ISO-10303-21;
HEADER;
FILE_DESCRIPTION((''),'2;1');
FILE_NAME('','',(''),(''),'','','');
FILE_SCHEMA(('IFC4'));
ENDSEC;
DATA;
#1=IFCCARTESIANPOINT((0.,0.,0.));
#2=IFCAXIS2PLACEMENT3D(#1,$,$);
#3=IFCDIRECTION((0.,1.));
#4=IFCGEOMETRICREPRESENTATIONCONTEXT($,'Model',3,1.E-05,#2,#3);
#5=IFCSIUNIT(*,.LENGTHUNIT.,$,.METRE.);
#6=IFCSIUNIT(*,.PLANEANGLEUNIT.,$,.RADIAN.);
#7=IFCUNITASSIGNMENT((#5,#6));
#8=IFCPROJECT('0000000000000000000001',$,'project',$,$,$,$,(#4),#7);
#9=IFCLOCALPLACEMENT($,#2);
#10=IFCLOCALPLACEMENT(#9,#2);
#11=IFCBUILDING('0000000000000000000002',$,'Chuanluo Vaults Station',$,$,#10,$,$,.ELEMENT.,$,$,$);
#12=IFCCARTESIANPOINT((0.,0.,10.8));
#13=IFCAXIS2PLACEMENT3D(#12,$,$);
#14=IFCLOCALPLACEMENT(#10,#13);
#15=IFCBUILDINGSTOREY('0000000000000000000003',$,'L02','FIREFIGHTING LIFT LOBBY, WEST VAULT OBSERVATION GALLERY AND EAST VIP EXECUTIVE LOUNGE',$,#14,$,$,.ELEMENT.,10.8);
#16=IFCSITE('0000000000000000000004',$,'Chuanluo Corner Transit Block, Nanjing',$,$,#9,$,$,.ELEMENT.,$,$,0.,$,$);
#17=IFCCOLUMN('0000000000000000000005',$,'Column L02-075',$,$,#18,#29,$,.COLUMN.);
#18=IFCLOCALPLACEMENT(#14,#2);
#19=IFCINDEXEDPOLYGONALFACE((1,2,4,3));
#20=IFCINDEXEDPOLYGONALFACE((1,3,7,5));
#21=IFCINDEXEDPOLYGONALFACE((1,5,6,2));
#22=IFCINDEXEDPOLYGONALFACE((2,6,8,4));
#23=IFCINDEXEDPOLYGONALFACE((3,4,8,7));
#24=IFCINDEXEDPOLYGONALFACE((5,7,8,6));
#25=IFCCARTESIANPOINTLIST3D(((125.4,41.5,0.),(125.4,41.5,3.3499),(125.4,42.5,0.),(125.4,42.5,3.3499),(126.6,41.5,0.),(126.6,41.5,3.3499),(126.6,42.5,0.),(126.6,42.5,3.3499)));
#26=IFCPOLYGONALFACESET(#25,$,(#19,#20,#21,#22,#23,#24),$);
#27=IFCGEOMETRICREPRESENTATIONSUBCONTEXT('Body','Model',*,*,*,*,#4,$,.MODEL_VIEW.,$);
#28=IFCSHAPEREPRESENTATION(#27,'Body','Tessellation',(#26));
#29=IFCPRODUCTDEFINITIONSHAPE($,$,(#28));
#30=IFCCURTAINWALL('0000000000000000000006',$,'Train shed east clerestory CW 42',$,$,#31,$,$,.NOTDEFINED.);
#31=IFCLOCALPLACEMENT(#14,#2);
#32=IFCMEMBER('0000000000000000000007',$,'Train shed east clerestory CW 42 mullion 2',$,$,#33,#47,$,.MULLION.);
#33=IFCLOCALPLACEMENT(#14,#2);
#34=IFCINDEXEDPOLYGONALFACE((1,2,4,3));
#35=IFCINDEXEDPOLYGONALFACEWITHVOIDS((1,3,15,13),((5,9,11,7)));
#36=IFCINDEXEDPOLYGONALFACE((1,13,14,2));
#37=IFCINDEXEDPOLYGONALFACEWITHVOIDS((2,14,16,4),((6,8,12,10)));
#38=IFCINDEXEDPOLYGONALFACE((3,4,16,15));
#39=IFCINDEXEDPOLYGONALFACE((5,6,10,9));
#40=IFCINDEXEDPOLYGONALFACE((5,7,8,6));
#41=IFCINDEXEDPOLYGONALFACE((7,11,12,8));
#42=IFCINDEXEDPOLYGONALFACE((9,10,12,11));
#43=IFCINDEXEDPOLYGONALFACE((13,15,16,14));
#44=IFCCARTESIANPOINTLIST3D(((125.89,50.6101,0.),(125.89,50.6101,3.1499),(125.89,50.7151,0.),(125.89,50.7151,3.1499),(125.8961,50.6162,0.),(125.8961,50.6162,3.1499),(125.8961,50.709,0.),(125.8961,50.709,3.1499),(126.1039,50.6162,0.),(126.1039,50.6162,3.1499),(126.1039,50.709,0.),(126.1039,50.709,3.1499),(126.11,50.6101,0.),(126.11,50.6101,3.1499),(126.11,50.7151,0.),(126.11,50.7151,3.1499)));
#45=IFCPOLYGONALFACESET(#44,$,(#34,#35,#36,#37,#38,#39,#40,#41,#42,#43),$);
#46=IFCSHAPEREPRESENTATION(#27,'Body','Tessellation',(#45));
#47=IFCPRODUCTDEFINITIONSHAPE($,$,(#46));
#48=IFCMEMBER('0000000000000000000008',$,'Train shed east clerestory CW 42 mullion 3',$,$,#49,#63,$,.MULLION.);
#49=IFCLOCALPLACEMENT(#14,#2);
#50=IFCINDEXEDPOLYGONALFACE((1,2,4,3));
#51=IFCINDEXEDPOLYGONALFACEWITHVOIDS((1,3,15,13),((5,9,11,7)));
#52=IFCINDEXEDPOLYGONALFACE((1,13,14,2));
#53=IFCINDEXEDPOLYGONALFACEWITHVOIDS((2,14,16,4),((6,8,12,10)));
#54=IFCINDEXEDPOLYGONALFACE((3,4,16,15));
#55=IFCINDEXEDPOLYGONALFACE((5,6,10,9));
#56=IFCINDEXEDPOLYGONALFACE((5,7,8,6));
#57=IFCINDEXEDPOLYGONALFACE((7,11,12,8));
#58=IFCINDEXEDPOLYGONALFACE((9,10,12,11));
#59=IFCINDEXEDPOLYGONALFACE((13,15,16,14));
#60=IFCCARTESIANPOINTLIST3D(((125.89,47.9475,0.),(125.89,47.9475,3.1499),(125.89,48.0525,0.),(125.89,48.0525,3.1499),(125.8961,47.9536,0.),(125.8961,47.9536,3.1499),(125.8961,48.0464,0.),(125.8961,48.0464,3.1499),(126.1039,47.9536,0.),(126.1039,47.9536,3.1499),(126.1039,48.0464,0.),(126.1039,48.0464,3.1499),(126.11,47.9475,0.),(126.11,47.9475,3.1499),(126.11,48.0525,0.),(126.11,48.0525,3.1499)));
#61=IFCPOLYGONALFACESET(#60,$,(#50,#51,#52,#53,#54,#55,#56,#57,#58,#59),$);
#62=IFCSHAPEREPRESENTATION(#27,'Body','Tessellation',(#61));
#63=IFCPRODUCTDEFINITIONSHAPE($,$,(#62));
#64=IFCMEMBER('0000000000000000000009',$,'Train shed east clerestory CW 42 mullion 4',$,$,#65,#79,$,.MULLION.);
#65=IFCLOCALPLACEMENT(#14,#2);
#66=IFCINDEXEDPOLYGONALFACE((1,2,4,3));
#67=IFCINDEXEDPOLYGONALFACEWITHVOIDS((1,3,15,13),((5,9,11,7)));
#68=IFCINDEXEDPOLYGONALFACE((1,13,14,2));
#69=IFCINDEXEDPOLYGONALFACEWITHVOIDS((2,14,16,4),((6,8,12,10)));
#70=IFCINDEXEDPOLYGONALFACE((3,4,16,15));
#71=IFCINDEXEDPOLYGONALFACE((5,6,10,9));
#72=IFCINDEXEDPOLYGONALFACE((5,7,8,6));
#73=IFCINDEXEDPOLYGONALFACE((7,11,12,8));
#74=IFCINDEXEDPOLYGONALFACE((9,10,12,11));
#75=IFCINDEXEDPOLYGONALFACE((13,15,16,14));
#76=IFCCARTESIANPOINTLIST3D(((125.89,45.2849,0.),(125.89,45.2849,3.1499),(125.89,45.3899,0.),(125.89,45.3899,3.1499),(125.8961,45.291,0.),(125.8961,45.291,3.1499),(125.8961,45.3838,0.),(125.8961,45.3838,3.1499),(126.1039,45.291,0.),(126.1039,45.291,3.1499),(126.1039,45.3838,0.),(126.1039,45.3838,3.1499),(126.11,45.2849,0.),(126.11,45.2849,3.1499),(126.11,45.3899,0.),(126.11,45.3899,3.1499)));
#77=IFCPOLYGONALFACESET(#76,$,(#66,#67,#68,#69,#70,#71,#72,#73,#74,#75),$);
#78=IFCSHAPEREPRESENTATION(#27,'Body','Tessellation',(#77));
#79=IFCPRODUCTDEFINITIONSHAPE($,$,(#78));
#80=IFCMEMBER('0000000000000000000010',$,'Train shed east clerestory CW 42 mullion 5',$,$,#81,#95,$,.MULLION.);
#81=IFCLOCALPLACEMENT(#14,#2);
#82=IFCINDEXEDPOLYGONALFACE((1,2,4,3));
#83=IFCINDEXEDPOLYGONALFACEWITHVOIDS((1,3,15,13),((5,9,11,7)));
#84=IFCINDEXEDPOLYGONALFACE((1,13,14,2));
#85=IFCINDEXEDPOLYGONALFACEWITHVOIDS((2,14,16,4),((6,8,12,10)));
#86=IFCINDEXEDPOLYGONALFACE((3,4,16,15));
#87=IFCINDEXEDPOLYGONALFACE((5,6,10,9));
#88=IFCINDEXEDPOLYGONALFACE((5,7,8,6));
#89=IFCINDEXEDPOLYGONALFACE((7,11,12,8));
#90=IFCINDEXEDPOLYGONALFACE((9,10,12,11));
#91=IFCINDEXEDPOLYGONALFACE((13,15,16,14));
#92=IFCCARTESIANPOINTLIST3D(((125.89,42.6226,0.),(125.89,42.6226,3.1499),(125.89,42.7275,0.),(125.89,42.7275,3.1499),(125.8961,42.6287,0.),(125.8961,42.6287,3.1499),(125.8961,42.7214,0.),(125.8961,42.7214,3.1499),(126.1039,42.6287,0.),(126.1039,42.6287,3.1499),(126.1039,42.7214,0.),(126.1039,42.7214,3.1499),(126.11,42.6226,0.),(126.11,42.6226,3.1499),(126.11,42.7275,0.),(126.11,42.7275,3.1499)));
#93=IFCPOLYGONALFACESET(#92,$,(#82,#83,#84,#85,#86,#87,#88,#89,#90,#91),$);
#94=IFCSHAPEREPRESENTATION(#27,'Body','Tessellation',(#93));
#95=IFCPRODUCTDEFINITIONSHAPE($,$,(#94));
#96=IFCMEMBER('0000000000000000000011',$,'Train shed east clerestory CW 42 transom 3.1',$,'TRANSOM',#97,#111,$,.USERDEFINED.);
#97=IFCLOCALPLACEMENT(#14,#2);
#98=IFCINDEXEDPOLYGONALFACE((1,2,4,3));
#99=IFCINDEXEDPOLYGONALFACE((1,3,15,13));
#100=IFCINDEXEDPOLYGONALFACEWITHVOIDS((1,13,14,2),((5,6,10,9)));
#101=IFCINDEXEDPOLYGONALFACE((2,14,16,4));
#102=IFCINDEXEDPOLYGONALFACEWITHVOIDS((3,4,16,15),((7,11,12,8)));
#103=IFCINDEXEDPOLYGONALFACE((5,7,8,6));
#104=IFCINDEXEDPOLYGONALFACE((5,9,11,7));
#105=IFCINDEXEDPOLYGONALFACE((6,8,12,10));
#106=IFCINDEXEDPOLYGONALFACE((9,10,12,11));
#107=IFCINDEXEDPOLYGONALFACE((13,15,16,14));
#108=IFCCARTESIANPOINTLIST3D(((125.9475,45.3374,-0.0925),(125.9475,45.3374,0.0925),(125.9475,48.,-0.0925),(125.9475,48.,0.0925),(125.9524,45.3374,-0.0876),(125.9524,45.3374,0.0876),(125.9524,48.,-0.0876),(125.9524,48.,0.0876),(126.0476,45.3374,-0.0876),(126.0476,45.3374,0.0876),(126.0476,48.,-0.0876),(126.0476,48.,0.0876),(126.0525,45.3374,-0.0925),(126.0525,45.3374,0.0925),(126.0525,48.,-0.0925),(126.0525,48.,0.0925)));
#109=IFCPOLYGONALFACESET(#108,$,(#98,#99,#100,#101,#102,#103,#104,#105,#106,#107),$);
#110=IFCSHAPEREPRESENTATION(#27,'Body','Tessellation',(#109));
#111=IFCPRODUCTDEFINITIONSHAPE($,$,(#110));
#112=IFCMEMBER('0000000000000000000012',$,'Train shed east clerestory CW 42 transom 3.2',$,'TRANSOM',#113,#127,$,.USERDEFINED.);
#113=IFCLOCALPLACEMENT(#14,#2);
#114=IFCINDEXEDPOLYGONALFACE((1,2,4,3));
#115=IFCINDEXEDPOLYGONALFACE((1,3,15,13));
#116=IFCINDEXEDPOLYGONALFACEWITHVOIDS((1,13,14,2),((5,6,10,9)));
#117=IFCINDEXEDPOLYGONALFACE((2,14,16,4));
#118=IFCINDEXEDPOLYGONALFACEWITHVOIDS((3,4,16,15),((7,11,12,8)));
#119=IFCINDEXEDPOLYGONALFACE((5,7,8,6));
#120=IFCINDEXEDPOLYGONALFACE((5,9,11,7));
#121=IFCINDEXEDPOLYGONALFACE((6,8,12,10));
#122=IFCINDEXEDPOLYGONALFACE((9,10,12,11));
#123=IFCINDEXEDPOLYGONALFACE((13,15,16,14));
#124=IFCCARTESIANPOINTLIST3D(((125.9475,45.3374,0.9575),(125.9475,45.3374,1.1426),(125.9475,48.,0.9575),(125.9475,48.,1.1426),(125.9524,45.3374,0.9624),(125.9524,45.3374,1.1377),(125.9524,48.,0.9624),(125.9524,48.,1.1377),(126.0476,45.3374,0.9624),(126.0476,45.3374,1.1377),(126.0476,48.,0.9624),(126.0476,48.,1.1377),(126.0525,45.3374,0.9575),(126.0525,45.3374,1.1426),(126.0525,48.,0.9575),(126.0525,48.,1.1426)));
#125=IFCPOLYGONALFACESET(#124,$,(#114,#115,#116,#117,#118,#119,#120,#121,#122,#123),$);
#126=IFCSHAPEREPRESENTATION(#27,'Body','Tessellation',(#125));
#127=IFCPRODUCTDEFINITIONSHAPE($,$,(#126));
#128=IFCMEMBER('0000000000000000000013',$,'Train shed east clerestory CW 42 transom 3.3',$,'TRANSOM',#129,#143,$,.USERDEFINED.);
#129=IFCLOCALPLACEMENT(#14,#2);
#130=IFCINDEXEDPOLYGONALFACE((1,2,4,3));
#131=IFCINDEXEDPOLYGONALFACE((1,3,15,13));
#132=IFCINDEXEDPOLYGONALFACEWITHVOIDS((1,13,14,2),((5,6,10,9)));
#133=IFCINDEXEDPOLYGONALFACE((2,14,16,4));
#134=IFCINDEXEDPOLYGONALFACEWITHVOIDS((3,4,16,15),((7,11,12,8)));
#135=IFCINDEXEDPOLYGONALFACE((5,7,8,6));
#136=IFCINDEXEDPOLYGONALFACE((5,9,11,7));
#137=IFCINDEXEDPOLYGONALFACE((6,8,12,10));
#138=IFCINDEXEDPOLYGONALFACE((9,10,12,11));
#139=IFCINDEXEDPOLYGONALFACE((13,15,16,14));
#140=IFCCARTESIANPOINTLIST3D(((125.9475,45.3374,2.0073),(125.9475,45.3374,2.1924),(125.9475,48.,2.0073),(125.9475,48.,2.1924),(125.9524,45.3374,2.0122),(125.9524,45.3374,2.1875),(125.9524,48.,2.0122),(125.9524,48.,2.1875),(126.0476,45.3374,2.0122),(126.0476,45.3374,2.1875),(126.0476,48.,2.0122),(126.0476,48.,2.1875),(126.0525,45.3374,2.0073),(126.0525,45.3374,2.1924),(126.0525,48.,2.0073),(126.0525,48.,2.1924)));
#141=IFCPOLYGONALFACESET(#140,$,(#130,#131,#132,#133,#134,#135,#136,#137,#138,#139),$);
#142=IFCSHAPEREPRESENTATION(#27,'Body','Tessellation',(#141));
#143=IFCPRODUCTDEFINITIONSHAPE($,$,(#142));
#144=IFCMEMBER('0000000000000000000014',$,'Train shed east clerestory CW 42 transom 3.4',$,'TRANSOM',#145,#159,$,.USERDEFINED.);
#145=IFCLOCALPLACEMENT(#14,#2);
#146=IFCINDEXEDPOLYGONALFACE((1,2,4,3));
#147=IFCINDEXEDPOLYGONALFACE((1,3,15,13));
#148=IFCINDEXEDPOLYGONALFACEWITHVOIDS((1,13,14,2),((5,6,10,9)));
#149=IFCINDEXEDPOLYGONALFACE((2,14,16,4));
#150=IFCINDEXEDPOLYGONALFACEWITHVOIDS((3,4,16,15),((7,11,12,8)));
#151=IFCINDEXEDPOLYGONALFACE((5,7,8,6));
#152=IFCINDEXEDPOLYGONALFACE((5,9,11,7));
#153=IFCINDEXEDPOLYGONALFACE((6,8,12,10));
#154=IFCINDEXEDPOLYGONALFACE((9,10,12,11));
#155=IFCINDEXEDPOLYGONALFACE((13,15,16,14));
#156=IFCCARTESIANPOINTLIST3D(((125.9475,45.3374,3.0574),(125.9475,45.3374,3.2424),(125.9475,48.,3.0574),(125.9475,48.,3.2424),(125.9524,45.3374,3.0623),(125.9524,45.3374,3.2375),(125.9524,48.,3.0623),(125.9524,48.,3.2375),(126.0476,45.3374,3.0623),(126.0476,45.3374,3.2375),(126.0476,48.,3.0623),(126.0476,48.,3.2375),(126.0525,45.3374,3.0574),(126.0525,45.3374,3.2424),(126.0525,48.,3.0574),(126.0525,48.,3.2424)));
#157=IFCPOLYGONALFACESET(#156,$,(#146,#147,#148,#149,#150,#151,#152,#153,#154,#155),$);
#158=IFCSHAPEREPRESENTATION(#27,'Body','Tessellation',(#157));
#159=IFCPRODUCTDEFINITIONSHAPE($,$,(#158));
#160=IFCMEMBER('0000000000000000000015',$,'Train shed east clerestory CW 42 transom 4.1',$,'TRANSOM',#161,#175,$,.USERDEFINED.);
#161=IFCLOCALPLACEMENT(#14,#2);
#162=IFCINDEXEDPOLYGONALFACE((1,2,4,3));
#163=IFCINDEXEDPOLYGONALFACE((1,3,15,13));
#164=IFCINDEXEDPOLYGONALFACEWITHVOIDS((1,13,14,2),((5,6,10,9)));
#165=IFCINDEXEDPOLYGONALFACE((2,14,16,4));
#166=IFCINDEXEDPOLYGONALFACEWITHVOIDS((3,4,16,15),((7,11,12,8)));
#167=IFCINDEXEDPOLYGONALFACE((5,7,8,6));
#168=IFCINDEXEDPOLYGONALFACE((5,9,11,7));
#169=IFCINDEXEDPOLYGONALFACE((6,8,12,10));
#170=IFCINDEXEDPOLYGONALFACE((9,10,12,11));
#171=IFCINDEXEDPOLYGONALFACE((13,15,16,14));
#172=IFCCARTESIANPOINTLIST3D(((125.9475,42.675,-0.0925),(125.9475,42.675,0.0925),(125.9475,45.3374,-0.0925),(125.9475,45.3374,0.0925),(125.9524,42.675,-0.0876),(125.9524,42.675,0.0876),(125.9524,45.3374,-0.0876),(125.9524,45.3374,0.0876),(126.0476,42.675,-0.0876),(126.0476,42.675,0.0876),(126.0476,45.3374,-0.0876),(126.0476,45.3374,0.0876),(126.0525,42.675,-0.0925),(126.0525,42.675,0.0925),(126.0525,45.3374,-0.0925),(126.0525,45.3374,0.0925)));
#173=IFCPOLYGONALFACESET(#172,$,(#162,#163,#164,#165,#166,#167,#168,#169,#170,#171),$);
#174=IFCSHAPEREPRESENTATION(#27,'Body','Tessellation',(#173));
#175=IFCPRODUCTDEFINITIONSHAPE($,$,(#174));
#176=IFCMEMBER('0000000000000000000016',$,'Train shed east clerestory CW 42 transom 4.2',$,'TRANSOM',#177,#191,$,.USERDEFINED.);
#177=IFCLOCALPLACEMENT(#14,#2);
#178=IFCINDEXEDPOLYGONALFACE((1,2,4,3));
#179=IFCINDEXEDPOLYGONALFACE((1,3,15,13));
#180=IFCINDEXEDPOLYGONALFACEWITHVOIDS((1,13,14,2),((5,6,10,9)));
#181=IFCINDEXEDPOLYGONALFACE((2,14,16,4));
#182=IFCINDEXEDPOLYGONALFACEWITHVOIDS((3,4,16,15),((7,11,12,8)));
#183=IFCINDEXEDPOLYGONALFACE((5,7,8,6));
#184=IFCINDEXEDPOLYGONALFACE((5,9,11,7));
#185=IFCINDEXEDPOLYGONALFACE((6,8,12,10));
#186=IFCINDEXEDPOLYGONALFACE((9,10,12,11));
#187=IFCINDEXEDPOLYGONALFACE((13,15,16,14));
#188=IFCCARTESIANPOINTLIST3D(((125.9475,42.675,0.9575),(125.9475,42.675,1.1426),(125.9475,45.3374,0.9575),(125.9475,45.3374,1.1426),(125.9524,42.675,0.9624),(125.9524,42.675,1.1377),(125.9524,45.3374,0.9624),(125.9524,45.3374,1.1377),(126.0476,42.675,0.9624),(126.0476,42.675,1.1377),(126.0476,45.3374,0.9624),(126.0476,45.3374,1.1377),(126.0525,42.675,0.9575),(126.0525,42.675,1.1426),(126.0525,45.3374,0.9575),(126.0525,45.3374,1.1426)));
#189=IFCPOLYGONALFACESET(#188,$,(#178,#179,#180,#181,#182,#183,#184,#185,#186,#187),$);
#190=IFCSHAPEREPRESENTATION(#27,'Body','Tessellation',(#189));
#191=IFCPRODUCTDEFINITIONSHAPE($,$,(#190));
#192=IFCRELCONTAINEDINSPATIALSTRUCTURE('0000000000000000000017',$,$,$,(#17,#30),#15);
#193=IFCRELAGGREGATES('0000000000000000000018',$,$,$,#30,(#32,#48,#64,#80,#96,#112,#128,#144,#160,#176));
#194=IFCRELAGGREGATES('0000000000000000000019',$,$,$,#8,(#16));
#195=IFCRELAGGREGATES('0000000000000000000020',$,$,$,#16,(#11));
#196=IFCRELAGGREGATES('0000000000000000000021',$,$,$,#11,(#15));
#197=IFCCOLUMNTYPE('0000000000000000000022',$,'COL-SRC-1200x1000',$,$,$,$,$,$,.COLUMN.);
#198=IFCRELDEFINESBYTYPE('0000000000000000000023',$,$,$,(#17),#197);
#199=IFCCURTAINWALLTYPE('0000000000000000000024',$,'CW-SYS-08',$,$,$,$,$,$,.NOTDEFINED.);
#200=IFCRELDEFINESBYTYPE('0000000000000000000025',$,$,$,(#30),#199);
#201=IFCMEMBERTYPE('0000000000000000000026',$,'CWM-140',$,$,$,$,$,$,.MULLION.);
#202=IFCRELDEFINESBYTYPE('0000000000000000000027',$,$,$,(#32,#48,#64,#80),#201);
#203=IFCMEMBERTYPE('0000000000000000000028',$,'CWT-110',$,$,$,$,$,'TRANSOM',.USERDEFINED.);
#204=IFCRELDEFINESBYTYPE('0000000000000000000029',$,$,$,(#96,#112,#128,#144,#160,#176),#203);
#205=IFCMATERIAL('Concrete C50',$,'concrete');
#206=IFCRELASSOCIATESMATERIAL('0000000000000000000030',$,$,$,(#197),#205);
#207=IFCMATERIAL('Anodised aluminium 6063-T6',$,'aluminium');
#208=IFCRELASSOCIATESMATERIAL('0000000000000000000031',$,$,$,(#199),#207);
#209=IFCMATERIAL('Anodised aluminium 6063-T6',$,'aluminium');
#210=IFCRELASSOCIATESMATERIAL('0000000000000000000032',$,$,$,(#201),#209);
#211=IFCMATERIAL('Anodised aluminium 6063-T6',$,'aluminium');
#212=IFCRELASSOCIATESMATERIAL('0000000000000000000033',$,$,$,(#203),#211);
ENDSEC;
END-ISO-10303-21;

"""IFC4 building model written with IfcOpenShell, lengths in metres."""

from ifc_helpers import new_model, si_unit, direction, frame, origin, origin_2d, place, context, subcontext, project, spatial, rectangle, hollow_rectangle, extrude, material, material_profile, profile_set, type_object, element, aggregate, save


model = new_model("IFC4")

# Units and contexts
model_context = context("Model", 3, precision=1e-05, world=origin(), true_north=direction((0.0, 1.0)))
body_context = subcontext(model_context, "Body", "Model", "MODEL_VIEW")
ifc_project = project(units=[si_unit("LENGTHUNIT", "METRE"), si_unit("PLANEANGLEUNIT", "RADIAN")], contexts=[model_context])

# Site, building, storey
site_placement = place(None, origin())
site = spatial("IfcSite", under=ifc_project, at=site_placement, Name="Chuanluo Corner Transit Block, Nanjing", CompositionType="ELEMENT", RefElevation=0.0)
building_placement = place(site_placement, origin())
building = spatial("IfcBuilding", under=site, at=building_placement, Name="Chuanluo Vaults Station", CompositionType="ELEMENT")
storey_placement = place(building_placement, frame((0.0, 0.0, 10.8)))
storey = spatial("IfcBuildingStorey", under=building, at=storey_placement, Name="L02", Description="FIREFIGHTING LIFT LOBBY, WEST VAULT OBSERVATION GALLERY AND EAST VIP EXECUTIVE LOUNGE", CompositionType="ELEMENT", Elevation=10.8)

# Column
ifc_material_1 = material(Name="Concrete C50", Category="concrete")
ifc_material_profile_1 = material_profile(ifc_material_1, rectangle(XDim=1.2, YDim=1.0, at=origin_2d()))
ifc_profile_set_1 = profile_set([ifc_material_profile_1], Name="Concrete C50")
column_type = type_object("IfcColumnType", Name="COL-SRC-1200x1000", PredefinedType="COLUMN", material=ifc_profile_set_1)
column_placement = place(storey_placement, frame((126.0, 42.0, 0.0), z_axis=(0.0, 0.0, 1.0), x_axis=(1.0, 0.0, 0.0)))
element("IfcColumn", 1, at=column_placement, inside=storey, type_object=column_type, Name="Column L02-075", PredefinedType="COLUMN", context=body_context, shape_type="SweptSolid", body=[
    extrude(rectangle(XDim=1.2, YDim=1.0, at=origin_2d()), origin(), (0.0, 0.0, 1.0), 3.3499),
])

# Curtain wall, members
ifc_material_2 = material(Name="Anodised aluminium 6063-T6", Category="aluminium")
curtain_wall_type = type_object("IfcCurtainWallType", Name="CW-SYS-08", PredefinedType="NOTDEFINED", material=ifc_material_2)
curtain_wall_placement = place(storey_placement, origin())
curtain_wall = element("IfcCurtainWall", 2, at=curtain_wall_placement, inside=storey, type_object=curtain_wall_type, Name="Train shed east clerestory CW 42", PredefinedType="NOTDEFINED")
ifc_material_3 = material(Name="Anodised aluminium 6063-T6", Category="aluminium")
ifc_material_profile_2 = material_profile(ifc_material_3, hollow_rectangle(XDim=0.105, YDim=0.22, WallThickness=0.0061, at=origin_2d()))
ifc_profile_set_2 = profile_set([ifc_material_profile_2], Name="Anodised aluminium 6063-T6")
member_type_1 = type_object("IfcMemberType", Name="CWM-140", PredefinedType="MULLION", material=ifc_profile_set_2)
member_1_placement = place(storey_placement, frame((126.0, 50.6626, 0.0), z_axis=(0.0, 0.0, 1.0), x_axis=(0.0, -1.0, 0.0)))
member_1 = element("IfcMember", 3, at=member_1_placement, type_object=member_type_1, Name="Train shed east clerestory CW 42 mullion 2", PredefinedType="MULLION", context=body_context, shape_type="SweptSolid", body=[
    extrude(hollow_rectangle(XDim=0.105, YDim=0.22, WallThickness=0.0061, at=origin_2d()), origin(), (0.0, 0.0, 1.0), 3.1499),
])
member_2_placement = place(storey_placement, frame((126.0, 48.0, 0.0), z_axis=(0.0, 0.0, 1.0), x_axis=(0.0, -1.0, 0.0)))
member_2 = element("IfcMember", 4, at=member_2_placement, type_object=member_type_1, Name="Train shed east clerestory CW 42 mullion 3", PredefinedType="MULLION", context=body_context, shape_type="SweptSolid", body=[
    extrude(hollow_rectangle(XDim=0.105, YDim=0.22, WallThickness=0.0061, at=origin_2d()), origin(), (0.0, 0.0, 1.0), 3.1499),
])
member_3_placement = place(storey_placement, frame((126.0, 45.3374, 0.0), z_axis=(0.0, 0.0, 1.0), x_axis=(0.0, -1.0, 0.0)))
member_3 = element("IfcMember", 5, at=member_3_placement, type_object=member_type_1, Name="Train shed east clerestory CW 42 mullion 4", PredefinedType="MULLION", context=body_context, shape_type="SweptSolid", body=[
    extrude(hollow_rectangle(XDim=0.105, YDim=0.22, WallThickness=0.0061, at=origin_2d()), origin(), (0.0, 0.0, 1.0), 3.1499),
])
member_4_placement = place(storey_placement, frame((126.0, 42.675, 0.0), z_axis=(0.0, 0.0, 1.0), x_axis=(0.0, -1.0, 0.0)))
member_4 = element("IfcMember", 6, at=member_4_placement, type_object=member_type_1, Name="Train shed east clerestory CW 42 mullion 5", PredefinedType="MULLION", context=body_context, shape_type="SweptSolid", body=[
    extrude(hollow_rectangle(XDim=0.105, YDim=0.22, WallThickness=0.0061, at=origin_2d()), origin(), (0.0, 0.0, 1.0), 3.1499),
])
ifc_material_4 = material(Name="Anodised aluminium 6063-T6", Category="aluminium")
ifc_material_profile_3 = material_profile(ifc_material_4, hollow_rectangle(XDim=0.105, YDim=0.1851, WallThickness=0.0049, at=origin_2d()))
ifc_profile_set_3 = profile_set([ifc_material_profile_3], Name="Anodised aluminium 6063-T6")
member_type_2 = type_object("IfcMemberType", Name="CWT-110", ElementType="TRANSOM", PredefinedType="USERDEFINED", material=ifc_profile_set_3)
member_5_placement = place(storey_placement, frame((126.0, 48.0, 0.0), z_axis=(0.0, -1.0, 0.0), x_axis=(1.0, 0.0, 0.0)))
member_5 = element("IfcMember", 7, at=member_5_placement, type_object=member_type_2, Name="Train shed east clerestory CW 42 transom 3.1", ObjectType="TRANSOM", PredefinedType="USERDEFINED", context=body_context, shape_type="SweptSolid", body=[
    extrude(hollow_rectangle(XDim=0.105, YDim=0.1851, WallThickness=0.0049, at=origin_2d()), origin(), (0.0, 0.0, 1.0), 2.6626),
])
member_6_placement = place(storey_placement, frame((126.0, 48.0, 1.05), z_axis=(0.0, -1.0, 0.0), x_axis=(1.0, 0.0, 0.0)))
member_6 = element("IfcMember", 8, at=member_6_placement, type_object=member_type_2, Name="Train shed east clerestory CW 42 transom 3.2", ObjectType="TRANSOM", PredefinedType="USERDEFINED", context=body_context, shape_type="SweptSolid", body=[
    extrude(hollow_rectangle(XDim=0.105, YDim=0.1851, WallThickness=0.0049, at=origin_2d()), origin(), (0.0, 0.0, 1.0), 2.6626),
])
member_7_placement = place(storey_placement, frame((126.0, 48.0, 2.0999), z_axis=(0.0, -1.0, 0.0), x_axis=(1.0, 0.0, 0.0)))
member_7 = element("IfcMember", 9, at=member_7_placement, type_object=member_type_2, Name="Train shed east clerestory CW 42 transom 3.3", ObjectType="TRANSOM", PredefinedType="USERDEFINED", context=body_context, shape_type="SweptSolid", body=[
    extrude(hollow_rectangle(XDim=0.105, YDim=0.1851, WallThickness=0.0049, at=origin_2d()), origin(), (0.0, 0.0, 1.0), 2.6626),
])
member_8_placement = place(storey_placement, frame((126.0, 48.0, 3.1499), z_axis=(0.0, -1.0, 0.0), x_axis=(1.0, 0.0, 0.0)))
member_8 = element("IfcMember", 10, at=member_8_placement, type_object=member_type_2, Name="Train shed east clerestory CW 42 transom 3.4", ObjectType="TRANSOM", PredefinedType="USERDEFINED", context=body_context, shape_type="SweptSolid", body=[
    extrude(hollow_rectangle(XDim=0.105, YDim=0.1851, WallThickness=0.0049, at=origin_2d()), origin(), (0.0, 0.0, 1.0), 2.6626),
])
member_9_placement = place(storey_placement, frame((126.0, 45.3374, 0.0), z_axis=(0.0, -1.0, 0.0), x_axis=(1.0, 0.0, 0.0)))
member_9 = element("IfcMember", 11, at=member_9_placement, type_object=member_type_2, Name="Train shed east clerestory CW 42 transom 4.1", ObjectType="TRANSOM", PredefinedType="USERDEFINED", context=body_context, shape_type="SweptSolid", body=[
    extrude(hollow_rectangle(XDim=0.105, YDim=0.1851, WallThickness=0.0049, at=origin_2d()), origin(), (0.0, 0.0, 1.0), 2.6624),
])
member_10_placement = place(storey_placement, frame((126.0, 45.3374, 1.05), z_axis=(0.0, -1.0, 0.0), x_axis=(1.0, 0.0, 0.0)))
member_10 = element("IfcMember", 12, at=member_10_placement, type_object=member_type_2, Name="Train shed east clerestory CW 42 transom 4.2", ObjectType="TRANSOM", PredefinedType="USERDEFINED", context=body_context, shape_type="SweptSolid", body=[
    extrude(hollow_rectangle(XDim=0.105, YDim=0.1851, WallThickness=0.0049, at=origin_2d()), origin(), (0.0, 0.0, 1.0), 2.6624),
])
aggregate(curtain_wall, [member_1, member_2, member_3, member_4, member_5, member_6, member_7, member_8, member_9, member_10])

save(model, "model.ifc")
